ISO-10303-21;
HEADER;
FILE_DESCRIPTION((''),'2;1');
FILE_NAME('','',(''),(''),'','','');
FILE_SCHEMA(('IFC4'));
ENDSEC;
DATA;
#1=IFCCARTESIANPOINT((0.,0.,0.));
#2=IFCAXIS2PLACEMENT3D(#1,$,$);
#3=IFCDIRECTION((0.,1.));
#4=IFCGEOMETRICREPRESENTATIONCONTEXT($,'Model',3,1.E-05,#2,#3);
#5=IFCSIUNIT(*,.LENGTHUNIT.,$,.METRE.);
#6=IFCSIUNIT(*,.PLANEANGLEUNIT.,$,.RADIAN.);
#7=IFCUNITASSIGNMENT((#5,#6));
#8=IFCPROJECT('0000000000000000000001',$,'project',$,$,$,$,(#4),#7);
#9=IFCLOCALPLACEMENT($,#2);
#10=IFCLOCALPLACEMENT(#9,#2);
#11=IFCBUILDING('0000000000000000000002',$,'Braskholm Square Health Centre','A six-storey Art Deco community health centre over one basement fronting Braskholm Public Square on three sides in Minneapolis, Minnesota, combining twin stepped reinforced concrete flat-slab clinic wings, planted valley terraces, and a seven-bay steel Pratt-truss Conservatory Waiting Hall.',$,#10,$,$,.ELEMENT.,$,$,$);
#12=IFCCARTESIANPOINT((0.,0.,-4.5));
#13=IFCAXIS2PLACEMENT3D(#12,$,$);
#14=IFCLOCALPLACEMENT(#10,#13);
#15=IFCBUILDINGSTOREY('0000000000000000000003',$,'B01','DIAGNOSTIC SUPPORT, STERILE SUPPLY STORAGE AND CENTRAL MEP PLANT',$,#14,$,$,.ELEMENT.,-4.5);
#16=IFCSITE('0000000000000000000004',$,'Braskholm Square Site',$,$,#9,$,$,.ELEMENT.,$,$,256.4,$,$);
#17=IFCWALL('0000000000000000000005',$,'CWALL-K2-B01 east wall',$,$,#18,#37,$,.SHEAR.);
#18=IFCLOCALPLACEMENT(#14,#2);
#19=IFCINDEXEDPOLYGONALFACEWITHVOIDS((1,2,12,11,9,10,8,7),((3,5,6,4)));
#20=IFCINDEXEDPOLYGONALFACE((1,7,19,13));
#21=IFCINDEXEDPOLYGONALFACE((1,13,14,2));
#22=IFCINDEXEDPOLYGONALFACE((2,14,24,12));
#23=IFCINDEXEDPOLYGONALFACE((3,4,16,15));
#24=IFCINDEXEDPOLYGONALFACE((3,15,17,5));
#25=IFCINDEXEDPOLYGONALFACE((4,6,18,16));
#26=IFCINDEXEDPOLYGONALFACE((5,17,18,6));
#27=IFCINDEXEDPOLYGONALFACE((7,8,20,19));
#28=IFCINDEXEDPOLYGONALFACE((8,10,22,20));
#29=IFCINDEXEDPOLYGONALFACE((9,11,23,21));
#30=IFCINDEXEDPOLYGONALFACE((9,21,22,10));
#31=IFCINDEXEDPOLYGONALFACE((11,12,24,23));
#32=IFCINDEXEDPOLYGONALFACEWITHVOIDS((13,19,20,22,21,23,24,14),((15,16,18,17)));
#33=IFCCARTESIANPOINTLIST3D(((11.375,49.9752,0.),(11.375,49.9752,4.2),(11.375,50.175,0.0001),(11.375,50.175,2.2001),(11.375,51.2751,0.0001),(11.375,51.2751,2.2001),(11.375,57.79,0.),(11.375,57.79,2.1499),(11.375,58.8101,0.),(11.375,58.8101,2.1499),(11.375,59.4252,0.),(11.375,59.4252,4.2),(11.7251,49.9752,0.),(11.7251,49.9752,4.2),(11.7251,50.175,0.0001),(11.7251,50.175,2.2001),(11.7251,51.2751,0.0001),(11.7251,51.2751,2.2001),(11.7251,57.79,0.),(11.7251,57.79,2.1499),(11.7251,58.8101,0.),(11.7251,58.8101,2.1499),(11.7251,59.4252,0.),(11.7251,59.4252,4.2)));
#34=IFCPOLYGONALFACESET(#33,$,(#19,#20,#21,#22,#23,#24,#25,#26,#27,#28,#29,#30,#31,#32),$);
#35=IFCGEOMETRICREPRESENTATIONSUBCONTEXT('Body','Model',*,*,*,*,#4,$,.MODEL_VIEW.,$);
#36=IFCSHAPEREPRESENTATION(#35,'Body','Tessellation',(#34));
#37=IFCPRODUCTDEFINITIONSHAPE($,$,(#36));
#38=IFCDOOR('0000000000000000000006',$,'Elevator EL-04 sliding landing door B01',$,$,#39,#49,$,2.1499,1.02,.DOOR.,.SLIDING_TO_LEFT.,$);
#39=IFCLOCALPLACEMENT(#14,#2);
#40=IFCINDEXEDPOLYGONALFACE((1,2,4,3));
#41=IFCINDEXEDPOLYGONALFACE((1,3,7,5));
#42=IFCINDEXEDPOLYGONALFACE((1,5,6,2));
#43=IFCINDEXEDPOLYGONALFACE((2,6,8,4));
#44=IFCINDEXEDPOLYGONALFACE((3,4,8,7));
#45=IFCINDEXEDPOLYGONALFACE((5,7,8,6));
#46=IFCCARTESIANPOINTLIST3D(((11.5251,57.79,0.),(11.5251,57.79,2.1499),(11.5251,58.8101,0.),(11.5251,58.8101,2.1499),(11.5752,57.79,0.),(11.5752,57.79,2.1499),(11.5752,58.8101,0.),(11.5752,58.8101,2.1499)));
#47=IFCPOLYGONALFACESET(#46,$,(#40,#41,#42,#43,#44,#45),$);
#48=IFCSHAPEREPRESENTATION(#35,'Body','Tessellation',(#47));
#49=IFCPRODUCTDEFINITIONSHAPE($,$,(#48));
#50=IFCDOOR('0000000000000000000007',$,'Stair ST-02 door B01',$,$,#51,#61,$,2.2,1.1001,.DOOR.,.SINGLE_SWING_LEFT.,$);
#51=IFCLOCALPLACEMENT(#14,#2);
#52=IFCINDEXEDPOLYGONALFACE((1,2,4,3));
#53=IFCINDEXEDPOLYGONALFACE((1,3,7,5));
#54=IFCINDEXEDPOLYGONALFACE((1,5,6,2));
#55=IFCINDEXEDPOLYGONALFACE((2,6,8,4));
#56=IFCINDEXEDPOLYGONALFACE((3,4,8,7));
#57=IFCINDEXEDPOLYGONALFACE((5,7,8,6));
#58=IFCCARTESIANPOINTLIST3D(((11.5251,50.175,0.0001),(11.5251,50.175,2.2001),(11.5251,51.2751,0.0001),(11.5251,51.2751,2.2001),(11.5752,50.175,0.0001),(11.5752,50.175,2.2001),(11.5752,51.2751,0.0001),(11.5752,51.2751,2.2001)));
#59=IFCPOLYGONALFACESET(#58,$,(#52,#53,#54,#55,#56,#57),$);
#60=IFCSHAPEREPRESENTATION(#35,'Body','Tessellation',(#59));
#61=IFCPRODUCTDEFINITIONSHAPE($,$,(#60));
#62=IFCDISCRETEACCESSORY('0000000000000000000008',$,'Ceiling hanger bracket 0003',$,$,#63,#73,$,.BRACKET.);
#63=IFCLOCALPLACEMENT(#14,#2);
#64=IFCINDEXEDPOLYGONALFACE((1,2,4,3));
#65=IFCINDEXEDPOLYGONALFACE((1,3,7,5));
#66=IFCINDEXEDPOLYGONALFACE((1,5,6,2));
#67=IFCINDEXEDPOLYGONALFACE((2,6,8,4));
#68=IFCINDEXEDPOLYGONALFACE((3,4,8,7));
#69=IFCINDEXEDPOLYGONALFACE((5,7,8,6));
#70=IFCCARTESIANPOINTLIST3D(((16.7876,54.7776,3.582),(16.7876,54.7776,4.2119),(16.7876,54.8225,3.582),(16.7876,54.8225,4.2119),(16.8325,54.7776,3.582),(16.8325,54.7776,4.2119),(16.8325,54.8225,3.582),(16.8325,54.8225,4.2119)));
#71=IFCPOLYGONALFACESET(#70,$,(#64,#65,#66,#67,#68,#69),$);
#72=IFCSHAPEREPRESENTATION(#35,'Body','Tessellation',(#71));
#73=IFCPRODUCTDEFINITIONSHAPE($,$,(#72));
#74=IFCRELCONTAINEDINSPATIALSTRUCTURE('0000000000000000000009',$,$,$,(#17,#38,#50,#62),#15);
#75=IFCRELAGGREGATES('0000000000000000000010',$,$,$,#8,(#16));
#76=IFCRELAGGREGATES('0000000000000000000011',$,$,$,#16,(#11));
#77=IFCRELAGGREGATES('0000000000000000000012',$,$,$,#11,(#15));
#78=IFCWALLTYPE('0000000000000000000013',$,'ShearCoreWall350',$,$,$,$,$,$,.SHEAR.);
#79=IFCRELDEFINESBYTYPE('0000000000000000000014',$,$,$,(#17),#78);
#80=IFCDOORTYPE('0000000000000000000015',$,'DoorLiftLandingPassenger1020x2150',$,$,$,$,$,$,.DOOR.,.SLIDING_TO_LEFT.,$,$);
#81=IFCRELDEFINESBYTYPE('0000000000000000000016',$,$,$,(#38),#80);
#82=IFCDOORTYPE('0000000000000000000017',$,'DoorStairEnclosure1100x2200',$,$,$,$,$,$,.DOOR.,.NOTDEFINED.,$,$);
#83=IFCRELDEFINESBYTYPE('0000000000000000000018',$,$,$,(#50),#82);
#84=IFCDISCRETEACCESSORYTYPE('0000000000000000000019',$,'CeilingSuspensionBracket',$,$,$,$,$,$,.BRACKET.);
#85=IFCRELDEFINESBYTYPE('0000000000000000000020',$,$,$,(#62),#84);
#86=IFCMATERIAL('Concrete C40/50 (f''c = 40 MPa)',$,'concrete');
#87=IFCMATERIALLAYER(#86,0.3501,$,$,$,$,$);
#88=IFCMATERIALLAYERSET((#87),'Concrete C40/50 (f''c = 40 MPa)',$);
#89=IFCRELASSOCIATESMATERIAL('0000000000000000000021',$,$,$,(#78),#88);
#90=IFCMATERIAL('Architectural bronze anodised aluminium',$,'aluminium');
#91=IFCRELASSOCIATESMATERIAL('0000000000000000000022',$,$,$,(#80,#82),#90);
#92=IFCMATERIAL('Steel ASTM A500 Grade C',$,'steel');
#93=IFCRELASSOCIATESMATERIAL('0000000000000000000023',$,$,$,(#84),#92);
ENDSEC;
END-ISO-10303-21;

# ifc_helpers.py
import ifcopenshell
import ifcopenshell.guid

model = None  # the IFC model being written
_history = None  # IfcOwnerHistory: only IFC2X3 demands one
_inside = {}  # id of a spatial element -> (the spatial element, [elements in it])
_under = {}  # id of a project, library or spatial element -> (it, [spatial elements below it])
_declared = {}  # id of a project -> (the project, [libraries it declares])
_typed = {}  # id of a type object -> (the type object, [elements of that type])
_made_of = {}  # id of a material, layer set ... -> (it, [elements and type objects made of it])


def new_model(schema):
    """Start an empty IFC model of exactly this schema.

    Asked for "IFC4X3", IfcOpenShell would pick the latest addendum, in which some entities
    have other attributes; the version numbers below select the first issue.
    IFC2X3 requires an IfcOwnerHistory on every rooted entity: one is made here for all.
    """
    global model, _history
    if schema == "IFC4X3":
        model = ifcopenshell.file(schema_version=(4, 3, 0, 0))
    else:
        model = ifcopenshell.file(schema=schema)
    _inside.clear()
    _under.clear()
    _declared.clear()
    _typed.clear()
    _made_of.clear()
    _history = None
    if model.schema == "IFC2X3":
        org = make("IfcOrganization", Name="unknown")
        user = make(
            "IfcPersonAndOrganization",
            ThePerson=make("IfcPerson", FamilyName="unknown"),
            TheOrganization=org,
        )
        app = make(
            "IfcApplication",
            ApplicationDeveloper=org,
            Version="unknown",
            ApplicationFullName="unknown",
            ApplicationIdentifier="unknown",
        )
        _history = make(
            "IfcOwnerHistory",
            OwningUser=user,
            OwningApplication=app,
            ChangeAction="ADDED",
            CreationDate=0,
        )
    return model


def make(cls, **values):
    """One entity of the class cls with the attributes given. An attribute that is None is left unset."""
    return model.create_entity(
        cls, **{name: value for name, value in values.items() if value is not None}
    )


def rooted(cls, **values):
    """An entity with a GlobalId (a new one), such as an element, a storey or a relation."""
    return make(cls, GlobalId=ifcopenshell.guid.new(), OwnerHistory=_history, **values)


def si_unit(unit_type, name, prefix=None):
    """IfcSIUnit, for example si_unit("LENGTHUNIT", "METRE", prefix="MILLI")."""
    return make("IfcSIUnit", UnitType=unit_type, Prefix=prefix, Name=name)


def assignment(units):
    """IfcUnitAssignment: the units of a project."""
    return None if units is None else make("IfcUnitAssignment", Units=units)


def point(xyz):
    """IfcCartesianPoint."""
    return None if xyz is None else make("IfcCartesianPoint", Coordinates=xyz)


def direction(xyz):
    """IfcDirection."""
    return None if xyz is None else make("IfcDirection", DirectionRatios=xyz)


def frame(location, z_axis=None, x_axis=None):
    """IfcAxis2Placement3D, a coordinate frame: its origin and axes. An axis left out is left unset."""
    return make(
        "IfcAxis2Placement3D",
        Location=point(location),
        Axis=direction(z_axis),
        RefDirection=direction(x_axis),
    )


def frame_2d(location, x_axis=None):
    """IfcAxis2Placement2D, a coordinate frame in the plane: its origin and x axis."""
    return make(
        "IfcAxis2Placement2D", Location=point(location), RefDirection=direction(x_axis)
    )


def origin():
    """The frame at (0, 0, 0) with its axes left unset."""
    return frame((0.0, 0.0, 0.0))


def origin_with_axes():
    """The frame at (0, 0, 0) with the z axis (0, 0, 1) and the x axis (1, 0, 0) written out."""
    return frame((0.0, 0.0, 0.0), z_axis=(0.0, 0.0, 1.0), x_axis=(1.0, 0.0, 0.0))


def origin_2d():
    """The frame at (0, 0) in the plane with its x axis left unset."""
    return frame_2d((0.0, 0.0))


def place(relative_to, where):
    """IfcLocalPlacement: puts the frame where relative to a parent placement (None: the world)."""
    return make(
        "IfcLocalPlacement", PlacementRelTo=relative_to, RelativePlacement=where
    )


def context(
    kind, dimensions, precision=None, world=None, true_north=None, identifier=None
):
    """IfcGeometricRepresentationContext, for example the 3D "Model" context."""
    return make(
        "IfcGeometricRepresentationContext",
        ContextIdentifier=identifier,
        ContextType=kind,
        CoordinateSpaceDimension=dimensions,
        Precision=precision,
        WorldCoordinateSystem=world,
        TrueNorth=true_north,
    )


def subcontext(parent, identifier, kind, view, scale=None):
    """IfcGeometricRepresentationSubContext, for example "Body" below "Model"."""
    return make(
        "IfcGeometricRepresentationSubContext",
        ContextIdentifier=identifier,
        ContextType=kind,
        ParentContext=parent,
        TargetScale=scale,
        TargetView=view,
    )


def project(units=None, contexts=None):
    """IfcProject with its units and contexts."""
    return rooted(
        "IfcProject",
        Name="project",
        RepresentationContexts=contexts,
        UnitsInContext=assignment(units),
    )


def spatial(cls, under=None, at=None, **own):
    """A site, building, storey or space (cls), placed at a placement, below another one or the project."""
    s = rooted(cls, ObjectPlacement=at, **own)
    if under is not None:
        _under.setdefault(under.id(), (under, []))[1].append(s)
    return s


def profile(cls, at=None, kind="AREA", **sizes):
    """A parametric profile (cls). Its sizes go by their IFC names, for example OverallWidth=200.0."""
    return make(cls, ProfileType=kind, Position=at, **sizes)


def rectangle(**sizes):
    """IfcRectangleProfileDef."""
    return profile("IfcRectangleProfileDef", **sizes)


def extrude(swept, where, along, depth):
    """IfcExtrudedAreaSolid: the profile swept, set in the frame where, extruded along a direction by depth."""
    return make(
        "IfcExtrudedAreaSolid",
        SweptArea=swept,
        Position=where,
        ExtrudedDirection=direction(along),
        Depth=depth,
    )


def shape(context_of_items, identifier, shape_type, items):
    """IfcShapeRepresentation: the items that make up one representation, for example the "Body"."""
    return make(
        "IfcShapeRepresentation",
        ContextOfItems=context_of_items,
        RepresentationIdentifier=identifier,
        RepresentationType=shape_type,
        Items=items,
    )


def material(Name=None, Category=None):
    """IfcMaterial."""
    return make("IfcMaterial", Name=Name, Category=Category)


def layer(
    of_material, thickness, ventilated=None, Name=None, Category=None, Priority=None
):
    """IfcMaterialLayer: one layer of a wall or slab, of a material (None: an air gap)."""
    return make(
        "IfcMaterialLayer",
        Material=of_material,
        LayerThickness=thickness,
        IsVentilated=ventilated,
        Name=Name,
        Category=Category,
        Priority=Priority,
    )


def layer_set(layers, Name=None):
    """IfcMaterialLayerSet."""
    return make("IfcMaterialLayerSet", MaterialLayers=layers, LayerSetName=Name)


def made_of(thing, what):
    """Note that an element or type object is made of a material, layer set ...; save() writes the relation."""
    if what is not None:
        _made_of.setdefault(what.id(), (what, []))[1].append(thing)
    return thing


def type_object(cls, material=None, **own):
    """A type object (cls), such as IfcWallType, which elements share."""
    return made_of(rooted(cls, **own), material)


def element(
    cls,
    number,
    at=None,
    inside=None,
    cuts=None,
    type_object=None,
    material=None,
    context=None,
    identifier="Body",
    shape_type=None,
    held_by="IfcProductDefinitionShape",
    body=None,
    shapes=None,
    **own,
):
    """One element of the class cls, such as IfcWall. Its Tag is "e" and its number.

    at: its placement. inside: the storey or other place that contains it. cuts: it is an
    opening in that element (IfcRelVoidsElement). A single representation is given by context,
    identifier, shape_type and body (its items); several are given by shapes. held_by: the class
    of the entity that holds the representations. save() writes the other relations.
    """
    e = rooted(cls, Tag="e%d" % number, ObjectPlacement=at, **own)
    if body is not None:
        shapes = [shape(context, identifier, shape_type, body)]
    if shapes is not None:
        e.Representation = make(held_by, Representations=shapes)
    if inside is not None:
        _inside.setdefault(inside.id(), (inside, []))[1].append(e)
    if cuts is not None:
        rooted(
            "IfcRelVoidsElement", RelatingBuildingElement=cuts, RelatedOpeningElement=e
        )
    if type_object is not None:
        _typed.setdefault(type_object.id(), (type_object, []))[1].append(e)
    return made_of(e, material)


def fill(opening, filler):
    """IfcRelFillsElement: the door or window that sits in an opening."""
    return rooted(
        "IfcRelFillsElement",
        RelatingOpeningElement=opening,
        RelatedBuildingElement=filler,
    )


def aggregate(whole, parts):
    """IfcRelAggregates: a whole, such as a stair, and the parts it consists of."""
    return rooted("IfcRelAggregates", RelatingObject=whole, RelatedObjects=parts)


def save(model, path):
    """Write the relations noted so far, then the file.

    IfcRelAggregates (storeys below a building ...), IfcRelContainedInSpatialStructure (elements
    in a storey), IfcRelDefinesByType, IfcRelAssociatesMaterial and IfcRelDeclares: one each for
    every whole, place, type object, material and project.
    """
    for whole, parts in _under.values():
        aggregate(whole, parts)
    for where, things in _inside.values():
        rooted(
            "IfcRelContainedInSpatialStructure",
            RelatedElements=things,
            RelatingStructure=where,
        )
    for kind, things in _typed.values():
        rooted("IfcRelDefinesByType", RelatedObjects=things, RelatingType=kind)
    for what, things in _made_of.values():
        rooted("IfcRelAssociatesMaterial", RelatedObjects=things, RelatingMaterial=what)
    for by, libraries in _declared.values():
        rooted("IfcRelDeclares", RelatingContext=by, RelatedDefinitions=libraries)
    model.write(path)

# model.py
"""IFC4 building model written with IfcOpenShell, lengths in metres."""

from ifc_helpers import new_model, si_unit, direction, frame, frame_2d, origin, origin_with_axes, origin_2d, place, context, subcontext, project, spatial, rectangle, extrude, material, layer, layer_set, type_object, element, fill, save


model = new_model("IFC4")

# Units and contexts
model_context = context("Model", 3, precision=1e-05, world=origin(), true_north=direction((0.0, 1.0)))
body_context = subcontext(model_context, "Body", "Model", "MODEL_VIEW")
ifc_project = project(units=[si_unit("LENGTHUNIT", "METRE"), si_unit("PLANEANGLEUNIT", "RADIAN")], contexts=[model_context])

# Site, building, storey
site_placement = place(None, origin())
site = spatial("IfcSite", under=ifc_project, at=site_placement, Name="Braskholm Square Site", CompositionType="ELEMENT", RefElevation=256.4)
building_placement = place(site_placement, origin())
building = spatial("IfcBuilding", under=site, at=building_placement, Name="Braskholm Square Health Centre", Description="A six-storey Art Deco community health centre over one basement fronting Braskholm Public Square on three sides in Minneapolis, Minnesota, combining twin stepped reinforced concrete flat-slab clinic wings, planted valley terraces, and a seven-bay steel Pratt-truss Conservatory Waiting Hall.", CompositionType="ELEMENT")
storey_placement = place(building_placement, frame((0.0, 0.0, -4.5)))
storey = spatial("IfcBuildingStorey", under=building, at=storey_placement, Name="B01", Description="DIAGNOSTIC SUPPORT, STERILE SUPPLY STORAGE AND CENTRAL MEP PLANT", CompositionType="ELEMENT", Elevation=-4.5)

# Shared definitions
ifc_material_1 = material(Name="Concrete C40/50 (f'c = 40 MPa)", Category="concrete")

# Shared definitions
ifc_layer_1 = layer(ifc_material_1, 0.3501)
ifc_layer_set_1 = layer_set([ifc_layer_1], Name="Concrete C40/50 (f'c = 40 MPa)")
wall_type_1 = type_object("IfcWallType", Name="ShearCoreWall350", PredefinedType="SHEAR", material=ifc_layer_set_1)

# Wall, openings, doors
wall_1_placement = place(storey_placement, frame((11.55, 49.9751, 0.0), z_axis=(0.0, 0.0, 1.0), x_axis=(0.0, 1.0, 0.0)))
wall_1 = element("IfcWall", 1, at=wall_1_placement, inside=storey, type_object=wall_type_1, Name="CWALL-K2-B01 east wall", PredefinedType="SHEAR", context=body_context, shape_type="SweptSolid", body=[
    extrude(rectangle(XDim=9.45, YDim=0.3501, at=frame_2d((4.7251, 0.0))), origin(), (0.0, 0.0, 1.0), 4.2),
])
opening_1_placement = place(wall_1_placement, frame((0.2, 0.0, 0.0)))
opening_1 = element("IfcOpeningElement", 2, at=opening_1_placement, cuts=wall_1, PredefinedType="OPENING", context=body_context, shape_type="SweptSolid", body=[
    extrude(rectangle(XDim=1.1001, YDim=2.2, at=frame_2d((0.55, 1.1001))), frame((0.0, 0.1851, 0.0), z_axis=(0.0, -1.0, 0.0), x_axis=(1.0, 0.0, 0.0)), (0.0, 0.0, 1.0), 0.3701),
])
opening_2_placement = place(wall_1_placement, frame((7.8149, 0.0, 0.0)))
opening_2 = element("IfcOpeningElement", 3, at=opening_2_placement, cuts=wall_1, PredefinedType="OPENING", context=body_context, shape_type="SweptSolid", body=[
    extrude(rectangle(XDim=1.02, YDim=2.1499, at=frame_2d((0.51, 1.075))), frame((0.0, 0.1851, 0.0), z_axis=(0.0, -1.0, 0.0), x_axis=(1.0, 0.0, 0.0)), (0.0, 0.0, 1.0), 0.3701),
])
ifc_material_2 = material(Name="Architectural bronze anodised aluminium", Category="aluminium")
door_type_1 = type_object("IfcDoorType", Name="DoorLiftLandingPassenger1020x2150", OperationType="SLIDING_TO_LEFT", PredefinedType="DOOR", material=ifc_material_2)
door_1_placement = place(opening_2_placement, origin_with_axes())
door_1 = element("IfcDoor", 4, at=door_1_placement, inside=storey, type_object=door_type_1, Name="Elevator EL-04 sliding landing door B01", OperationType="SLIDING_TO_LEFT", OverallHeight=2.1499, OverallWidth=1.02, PredefinedType="DOOR", context=body_context, shape_type="SweptSolid", body=[
    extrude(rectangle(XDim=1.02, YDim=2.1499, at=frame_2d((0.51, 1.075))), frame((0.0, 0.0249, 0.0), z_axis=(0.0, -1.0, 0.0), x_axis=(1.0, 0.0, 0.0)), (0.0, 0.0, 1.0), 0.05),
])
fill(opening_2, door_1)
door_type_2 = type_object("IfcDoorType", Name="DoorStairEnclosure1100x2200", OperationType="NOTDEFINED", PredefinedType="DOOR", material=ifc_material_2)
door_2_placement = place(opening_1_placement, origin_with_axes())
door_2 = element("IfcDoor", 5, at=door_2_placement, inside=storey, type_object=door_type_2, Name="Stair ST-02 door B01", OperationType="SINGLE_SWING_LEFT", OverallHeight=2.2, OverallWidth=1.1001, PredefinedType="DOOR", context=body_context, shape_type="SweptSolid", body=[
    extrude(rectangle(XDim=1.1001, YDim=2.2, at=frame_2d((0.55, 1.1001))), frame((0.0, 0.0249, 0.0), z_axis=(0.0, -1.0, 0.0), x_axis=(1.0, 0.0, 0.0)), (0.0, 0.0, 1.0), 0.05),
])
fill(opening_1, door_2)

# Discrete accessory
ifc_material_3 = material(Name="Steel ASTM A500 Grade C", Category="steel")
discrete_accessory_type = type_object("IfcDiscreteAccessoryType", Name="CeilingSuspensionBracket", PredefinedType="BRACKET", material=ifc_material_3)
discrete_accessory_placement = place(storey_placement, frame((16.8101, 54.8, 3.582), z_axis=(0.0, 0.0, 1.0), x_axis=(1.0, 0.0, 0.0)))
element("IfcDiscreteAccessory", 6, at=discrete_accessory_placement, inside=storey, type_object=discrete_accessory_type, Name="Ceiling hanger bracket 0003", PredefinedType="BRACKET", context=body_context, shape_type="SweptSolid", body=[
    extrude(rectangle(XDim=0.0449, YDim=0.0449, at=origin_2d()), origin(), (0.0, 0.0, 1.0), 0.6299),
])

save(model, "model.ifc")
